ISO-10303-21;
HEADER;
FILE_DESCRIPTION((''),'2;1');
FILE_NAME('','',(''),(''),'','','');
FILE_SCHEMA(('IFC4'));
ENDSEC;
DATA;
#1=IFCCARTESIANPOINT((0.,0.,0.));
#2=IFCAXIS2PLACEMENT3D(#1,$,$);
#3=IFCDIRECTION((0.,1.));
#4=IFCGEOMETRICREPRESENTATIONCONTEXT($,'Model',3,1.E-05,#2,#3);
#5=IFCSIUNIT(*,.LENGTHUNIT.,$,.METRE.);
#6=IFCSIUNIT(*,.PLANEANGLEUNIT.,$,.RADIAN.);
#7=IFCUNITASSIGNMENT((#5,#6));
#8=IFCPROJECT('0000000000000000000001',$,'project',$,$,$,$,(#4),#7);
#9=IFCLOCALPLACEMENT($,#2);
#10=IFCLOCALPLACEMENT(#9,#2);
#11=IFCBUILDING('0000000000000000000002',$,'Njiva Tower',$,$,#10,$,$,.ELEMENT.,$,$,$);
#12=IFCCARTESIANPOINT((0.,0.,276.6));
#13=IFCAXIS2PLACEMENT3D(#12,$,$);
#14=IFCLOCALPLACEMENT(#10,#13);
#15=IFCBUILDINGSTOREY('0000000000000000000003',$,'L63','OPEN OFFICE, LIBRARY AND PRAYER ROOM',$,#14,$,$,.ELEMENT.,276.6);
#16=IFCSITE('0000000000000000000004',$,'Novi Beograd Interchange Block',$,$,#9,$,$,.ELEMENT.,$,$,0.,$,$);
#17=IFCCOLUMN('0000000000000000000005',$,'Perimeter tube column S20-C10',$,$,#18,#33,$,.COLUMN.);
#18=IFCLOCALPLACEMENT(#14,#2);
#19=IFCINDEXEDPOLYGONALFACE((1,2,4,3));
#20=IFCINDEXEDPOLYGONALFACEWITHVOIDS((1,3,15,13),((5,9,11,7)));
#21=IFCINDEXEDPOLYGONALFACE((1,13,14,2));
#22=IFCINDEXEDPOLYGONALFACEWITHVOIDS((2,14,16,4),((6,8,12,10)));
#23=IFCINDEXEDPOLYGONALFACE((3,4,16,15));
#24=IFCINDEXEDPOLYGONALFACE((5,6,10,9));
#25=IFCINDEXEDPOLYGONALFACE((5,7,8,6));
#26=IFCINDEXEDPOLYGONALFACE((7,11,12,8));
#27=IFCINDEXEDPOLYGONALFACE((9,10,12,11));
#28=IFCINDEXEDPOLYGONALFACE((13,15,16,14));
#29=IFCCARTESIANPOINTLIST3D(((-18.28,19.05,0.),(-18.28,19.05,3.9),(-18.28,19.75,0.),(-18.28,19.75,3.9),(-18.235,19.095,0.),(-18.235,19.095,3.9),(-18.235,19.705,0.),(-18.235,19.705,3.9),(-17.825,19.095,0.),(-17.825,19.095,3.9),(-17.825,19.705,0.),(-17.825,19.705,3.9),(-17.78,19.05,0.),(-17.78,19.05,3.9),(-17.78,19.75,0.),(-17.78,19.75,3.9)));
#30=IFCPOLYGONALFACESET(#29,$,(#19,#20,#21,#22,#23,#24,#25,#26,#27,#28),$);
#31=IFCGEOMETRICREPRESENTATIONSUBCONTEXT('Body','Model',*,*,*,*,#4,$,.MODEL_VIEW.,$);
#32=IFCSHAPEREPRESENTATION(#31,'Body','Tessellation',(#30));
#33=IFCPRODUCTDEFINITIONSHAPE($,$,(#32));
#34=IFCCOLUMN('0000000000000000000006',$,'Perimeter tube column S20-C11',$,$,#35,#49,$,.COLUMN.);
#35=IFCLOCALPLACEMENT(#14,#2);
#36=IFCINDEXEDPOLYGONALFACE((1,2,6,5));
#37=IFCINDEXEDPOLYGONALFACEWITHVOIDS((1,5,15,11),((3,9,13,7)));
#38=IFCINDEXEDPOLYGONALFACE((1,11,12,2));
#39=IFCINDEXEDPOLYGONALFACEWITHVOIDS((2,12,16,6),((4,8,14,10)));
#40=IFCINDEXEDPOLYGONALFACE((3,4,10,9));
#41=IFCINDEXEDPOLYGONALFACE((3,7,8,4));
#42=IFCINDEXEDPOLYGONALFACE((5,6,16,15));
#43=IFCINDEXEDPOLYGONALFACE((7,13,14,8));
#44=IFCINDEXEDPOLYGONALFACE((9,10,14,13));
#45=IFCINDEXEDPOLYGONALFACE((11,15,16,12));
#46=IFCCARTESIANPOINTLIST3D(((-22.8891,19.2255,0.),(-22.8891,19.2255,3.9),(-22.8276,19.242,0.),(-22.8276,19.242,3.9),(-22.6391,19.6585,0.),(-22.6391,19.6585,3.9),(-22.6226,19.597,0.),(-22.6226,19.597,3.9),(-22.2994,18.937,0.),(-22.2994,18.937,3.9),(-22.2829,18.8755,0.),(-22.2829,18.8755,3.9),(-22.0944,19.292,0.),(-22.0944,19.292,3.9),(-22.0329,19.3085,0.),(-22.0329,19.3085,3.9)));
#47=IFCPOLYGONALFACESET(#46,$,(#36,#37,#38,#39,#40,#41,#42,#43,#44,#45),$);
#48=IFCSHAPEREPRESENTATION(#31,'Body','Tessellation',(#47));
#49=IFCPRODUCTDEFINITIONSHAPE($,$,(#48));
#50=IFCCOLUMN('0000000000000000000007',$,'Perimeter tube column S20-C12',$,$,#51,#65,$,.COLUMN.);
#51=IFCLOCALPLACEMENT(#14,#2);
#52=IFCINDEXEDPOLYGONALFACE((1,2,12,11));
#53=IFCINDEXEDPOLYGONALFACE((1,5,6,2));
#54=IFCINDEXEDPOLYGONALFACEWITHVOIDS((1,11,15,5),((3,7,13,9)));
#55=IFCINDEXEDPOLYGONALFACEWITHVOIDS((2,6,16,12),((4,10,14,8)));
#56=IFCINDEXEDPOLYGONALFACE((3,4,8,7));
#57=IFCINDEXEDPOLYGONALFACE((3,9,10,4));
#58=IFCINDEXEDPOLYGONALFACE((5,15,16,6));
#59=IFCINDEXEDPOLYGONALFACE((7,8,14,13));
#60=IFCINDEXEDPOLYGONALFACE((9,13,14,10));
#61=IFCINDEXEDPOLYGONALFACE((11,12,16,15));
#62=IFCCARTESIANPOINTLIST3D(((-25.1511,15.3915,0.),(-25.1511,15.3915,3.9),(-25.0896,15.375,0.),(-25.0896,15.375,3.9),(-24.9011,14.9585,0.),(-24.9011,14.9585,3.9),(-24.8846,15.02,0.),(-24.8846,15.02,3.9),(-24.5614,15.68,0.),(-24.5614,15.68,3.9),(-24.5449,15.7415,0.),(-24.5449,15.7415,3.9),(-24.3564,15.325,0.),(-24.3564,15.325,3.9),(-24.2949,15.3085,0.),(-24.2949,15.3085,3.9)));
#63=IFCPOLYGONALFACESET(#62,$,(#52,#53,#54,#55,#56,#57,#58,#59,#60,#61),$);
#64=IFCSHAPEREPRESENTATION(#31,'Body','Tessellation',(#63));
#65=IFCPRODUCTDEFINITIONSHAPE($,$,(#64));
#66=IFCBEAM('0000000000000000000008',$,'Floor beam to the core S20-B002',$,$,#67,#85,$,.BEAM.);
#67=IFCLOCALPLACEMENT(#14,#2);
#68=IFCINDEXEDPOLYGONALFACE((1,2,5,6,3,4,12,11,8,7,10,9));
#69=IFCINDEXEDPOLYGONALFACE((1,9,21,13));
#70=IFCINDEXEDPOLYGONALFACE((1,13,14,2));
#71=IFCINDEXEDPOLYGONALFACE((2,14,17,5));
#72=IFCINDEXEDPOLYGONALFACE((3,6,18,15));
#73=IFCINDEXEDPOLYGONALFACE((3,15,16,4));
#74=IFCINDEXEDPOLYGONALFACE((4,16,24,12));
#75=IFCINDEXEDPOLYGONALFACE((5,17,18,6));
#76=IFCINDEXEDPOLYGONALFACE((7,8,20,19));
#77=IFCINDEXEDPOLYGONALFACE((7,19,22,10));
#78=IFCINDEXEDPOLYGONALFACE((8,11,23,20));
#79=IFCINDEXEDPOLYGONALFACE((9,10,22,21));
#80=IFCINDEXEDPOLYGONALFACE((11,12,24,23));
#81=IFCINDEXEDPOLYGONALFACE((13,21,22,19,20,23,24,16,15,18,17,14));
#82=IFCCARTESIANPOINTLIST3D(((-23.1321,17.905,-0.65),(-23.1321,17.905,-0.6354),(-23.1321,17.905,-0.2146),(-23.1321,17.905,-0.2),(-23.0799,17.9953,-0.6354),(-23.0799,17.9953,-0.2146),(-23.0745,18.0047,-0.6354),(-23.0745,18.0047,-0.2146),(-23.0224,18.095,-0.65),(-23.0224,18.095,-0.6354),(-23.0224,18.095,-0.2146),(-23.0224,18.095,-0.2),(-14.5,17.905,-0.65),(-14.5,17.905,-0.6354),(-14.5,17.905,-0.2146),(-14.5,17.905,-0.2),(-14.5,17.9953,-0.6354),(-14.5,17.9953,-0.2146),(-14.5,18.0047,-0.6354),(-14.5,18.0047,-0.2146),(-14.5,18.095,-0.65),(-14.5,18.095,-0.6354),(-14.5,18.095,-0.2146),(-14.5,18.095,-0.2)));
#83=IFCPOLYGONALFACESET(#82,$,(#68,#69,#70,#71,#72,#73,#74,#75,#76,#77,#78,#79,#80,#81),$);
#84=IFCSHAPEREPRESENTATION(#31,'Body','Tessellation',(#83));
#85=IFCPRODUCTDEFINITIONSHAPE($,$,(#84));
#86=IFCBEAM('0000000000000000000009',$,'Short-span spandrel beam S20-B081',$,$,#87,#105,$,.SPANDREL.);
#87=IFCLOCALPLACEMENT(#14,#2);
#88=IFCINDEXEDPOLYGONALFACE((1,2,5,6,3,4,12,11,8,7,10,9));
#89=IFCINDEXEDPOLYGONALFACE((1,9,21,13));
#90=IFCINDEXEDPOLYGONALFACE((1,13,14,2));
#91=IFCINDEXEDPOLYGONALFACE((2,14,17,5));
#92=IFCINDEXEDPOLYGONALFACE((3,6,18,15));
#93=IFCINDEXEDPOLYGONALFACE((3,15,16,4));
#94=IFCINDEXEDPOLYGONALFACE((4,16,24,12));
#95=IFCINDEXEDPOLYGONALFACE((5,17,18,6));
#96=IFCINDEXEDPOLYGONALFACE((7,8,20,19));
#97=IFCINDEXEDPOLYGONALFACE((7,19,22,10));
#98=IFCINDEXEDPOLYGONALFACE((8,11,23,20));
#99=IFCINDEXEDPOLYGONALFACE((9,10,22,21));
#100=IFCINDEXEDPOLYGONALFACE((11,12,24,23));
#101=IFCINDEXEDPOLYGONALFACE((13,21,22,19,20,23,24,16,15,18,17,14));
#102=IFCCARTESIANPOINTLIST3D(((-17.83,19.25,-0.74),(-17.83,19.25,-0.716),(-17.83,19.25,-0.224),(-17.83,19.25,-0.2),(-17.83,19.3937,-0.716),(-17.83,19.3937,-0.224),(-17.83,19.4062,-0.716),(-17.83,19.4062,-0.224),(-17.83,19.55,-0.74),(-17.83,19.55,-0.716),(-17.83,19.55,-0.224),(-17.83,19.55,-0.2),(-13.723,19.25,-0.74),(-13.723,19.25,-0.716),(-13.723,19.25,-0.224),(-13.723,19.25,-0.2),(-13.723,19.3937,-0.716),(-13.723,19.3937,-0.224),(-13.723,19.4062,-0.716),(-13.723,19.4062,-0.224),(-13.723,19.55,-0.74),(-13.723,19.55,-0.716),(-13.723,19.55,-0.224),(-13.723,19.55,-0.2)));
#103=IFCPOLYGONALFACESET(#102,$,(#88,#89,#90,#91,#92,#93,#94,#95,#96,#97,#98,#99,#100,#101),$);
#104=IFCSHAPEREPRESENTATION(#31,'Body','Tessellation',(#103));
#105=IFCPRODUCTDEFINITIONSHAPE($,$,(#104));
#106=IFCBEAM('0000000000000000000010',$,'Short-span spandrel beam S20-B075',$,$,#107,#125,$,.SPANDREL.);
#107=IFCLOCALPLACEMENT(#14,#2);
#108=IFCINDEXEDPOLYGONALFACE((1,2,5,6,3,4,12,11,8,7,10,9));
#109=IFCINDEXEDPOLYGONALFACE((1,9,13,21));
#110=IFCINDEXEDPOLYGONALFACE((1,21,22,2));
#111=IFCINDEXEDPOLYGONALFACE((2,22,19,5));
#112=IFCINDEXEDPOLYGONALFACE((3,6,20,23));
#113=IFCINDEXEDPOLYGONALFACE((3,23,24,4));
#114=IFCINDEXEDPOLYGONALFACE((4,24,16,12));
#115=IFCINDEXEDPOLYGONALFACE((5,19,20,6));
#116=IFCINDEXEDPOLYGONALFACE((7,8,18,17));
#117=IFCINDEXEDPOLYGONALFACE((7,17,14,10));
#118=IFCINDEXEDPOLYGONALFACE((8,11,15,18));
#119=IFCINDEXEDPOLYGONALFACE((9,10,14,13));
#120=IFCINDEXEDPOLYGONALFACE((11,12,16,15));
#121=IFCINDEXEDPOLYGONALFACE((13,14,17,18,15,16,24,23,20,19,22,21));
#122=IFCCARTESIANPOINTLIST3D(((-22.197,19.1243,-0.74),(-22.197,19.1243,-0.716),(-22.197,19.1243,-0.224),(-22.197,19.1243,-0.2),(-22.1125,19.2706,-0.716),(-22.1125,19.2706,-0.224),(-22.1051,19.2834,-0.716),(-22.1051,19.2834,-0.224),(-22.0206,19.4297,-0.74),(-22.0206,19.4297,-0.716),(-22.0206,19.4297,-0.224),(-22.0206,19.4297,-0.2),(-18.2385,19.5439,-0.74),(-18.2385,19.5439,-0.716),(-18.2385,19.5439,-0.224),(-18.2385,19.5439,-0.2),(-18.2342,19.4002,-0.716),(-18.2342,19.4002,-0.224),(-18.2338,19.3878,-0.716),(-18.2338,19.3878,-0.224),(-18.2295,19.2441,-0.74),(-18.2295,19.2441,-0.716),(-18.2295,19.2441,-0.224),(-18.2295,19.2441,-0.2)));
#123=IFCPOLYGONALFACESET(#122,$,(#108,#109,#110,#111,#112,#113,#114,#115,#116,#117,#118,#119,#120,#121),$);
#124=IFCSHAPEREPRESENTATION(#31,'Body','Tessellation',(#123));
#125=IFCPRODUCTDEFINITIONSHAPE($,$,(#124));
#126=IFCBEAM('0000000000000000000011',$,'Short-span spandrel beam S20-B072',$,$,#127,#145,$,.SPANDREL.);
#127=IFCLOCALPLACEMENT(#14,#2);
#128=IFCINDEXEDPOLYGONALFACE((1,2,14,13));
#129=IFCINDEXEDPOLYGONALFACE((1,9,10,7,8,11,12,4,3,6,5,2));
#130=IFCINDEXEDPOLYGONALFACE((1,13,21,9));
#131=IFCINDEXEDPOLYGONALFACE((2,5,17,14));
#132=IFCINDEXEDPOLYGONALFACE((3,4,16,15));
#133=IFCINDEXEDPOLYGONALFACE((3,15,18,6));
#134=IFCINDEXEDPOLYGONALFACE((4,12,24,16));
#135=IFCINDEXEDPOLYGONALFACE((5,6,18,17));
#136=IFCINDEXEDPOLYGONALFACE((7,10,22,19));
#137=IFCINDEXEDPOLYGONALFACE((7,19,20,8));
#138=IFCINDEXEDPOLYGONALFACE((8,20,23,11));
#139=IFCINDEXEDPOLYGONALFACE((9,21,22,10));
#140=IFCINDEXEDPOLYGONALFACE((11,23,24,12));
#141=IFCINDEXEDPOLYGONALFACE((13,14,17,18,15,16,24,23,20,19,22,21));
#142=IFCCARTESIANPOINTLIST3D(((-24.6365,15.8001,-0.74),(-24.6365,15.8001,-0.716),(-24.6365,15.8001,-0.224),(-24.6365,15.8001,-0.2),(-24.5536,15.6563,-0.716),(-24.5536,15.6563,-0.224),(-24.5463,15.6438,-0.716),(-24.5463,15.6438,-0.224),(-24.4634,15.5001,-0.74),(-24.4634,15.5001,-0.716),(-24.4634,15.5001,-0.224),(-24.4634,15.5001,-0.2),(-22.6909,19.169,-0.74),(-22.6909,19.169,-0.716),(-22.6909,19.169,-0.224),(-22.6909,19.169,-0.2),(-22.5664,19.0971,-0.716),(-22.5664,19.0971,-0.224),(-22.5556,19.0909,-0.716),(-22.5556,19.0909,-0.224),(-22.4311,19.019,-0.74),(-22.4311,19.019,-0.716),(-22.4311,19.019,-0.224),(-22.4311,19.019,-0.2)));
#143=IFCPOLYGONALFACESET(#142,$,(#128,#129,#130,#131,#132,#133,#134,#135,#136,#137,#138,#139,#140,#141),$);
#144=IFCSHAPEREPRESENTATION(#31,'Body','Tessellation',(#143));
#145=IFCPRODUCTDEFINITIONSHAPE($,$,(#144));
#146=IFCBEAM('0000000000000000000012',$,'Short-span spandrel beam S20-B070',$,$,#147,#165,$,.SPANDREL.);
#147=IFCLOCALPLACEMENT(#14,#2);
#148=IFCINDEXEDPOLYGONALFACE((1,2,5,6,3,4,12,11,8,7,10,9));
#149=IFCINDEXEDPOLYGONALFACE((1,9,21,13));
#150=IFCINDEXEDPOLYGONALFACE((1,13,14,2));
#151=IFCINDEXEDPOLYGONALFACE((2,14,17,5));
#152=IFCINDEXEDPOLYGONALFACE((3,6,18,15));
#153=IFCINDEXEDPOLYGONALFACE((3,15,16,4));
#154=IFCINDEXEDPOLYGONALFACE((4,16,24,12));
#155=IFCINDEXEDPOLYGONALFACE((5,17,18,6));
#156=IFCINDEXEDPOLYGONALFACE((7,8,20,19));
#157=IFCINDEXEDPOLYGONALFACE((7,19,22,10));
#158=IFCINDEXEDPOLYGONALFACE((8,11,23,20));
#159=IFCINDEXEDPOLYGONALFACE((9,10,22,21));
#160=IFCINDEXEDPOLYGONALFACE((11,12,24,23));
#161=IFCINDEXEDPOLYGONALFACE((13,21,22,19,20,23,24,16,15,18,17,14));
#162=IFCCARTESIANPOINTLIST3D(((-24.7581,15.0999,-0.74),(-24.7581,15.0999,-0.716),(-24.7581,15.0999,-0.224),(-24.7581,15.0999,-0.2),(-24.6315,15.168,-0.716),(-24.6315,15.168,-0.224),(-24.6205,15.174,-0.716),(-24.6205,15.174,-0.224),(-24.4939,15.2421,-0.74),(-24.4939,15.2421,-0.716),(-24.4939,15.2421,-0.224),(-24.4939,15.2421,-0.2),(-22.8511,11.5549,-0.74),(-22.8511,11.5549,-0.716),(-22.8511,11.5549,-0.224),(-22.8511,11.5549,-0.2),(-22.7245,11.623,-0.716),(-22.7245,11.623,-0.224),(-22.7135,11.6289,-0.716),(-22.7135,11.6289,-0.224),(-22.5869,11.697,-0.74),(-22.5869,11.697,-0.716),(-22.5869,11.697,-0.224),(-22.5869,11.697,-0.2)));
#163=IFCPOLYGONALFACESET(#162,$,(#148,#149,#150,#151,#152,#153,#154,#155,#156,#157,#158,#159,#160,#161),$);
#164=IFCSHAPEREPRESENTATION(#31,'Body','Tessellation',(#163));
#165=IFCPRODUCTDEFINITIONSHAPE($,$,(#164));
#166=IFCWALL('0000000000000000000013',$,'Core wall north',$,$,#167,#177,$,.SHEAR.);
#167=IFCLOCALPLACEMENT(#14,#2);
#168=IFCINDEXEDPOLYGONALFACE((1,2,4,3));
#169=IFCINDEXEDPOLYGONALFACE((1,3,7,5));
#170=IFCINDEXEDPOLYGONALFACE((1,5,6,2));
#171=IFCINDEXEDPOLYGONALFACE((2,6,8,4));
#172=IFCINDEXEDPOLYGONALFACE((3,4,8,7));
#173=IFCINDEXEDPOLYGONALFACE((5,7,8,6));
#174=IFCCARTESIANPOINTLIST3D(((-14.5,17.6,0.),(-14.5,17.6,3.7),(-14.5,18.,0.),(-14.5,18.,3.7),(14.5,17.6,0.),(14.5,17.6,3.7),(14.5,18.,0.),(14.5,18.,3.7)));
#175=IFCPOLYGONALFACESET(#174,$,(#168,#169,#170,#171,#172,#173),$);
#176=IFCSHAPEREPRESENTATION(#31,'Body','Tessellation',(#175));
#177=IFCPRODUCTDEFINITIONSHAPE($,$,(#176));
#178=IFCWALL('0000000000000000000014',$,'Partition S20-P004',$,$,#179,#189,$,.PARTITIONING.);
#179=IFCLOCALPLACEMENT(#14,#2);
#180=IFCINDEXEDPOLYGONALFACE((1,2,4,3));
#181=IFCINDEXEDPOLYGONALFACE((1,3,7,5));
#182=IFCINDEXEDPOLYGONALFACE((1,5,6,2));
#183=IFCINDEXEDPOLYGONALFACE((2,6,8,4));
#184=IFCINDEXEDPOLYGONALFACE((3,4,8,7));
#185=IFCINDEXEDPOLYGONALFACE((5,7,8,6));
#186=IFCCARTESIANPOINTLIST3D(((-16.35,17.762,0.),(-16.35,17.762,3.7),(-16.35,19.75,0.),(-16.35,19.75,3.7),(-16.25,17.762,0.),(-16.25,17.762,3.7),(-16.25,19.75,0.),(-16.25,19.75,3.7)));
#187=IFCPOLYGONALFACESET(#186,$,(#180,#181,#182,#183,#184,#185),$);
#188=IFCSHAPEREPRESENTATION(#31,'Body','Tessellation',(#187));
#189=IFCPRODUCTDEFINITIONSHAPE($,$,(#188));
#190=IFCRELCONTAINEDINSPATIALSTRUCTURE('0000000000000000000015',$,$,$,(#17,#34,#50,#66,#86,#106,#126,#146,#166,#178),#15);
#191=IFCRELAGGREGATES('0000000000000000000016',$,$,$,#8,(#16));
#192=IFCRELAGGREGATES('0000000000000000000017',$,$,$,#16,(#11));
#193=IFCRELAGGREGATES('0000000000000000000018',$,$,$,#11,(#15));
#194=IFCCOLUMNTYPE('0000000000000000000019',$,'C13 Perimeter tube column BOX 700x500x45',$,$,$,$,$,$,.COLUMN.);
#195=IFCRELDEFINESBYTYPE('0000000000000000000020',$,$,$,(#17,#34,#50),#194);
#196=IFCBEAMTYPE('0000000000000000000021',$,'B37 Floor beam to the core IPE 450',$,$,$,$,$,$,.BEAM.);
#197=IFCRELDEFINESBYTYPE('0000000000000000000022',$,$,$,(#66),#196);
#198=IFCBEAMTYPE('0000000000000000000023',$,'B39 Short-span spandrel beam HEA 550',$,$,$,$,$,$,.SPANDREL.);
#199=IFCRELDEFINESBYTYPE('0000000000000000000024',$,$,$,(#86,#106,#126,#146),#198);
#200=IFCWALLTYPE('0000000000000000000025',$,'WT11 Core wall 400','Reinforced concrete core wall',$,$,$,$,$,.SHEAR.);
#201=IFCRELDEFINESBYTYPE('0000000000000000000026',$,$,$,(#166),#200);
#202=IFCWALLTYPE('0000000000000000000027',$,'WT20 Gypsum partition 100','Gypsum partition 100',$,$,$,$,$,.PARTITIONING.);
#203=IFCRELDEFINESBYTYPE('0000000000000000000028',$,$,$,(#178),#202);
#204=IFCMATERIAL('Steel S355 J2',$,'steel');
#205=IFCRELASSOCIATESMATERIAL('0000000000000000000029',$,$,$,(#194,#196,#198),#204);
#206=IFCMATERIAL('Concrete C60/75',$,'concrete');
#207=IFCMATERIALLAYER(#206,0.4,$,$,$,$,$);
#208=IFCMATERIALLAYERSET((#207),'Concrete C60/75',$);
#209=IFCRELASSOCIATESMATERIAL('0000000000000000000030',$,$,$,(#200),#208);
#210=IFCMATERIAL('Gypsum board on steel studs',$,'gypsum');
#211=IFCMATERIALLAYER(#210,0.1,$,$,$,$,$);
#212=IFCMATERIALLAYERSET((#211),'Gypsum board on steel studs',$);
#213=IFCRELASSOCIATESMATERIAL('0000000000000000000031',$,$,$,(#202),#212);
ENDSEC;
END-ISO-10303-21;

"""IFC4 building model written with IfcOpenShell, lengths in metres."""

from ifc_helpers import new_model, si_unit, direction, frame, frame_2d, origin, origin_2d, place, context, subcontext, project, spatial, rectangle, hollow_rectangle, i_section, extrude, clip, halfspace, material, layer, layer_set, material_profile, profile_set, type_object, element, save


model = new_model("IFC4")

# Units and contexts
model_context = context("Model", 3, precision=1e-05, world=origin(), true_north=direction((0.0, 1.0)))
body_context = subcontext(model_context, "Body", "Model", "MODEL_VIEW")
ifc_project = project(units=[si_unit("LENGTHUNIT", "METRE"), si_unit("PLANEANGLEUNIT", "RADIAN")], contexts=[model_context])

# Site, building, storey
site_placement = place(None, origin())
site = spatial("IfcSite", under=ifc_project, at=site_placement, Name="Novi Beograd Interchange Block", CompositionType="ELEMENT", RefElevation=0.0)
building_placement = place(site_placement, origin())
building = spatial("IfcBuilding", under=site, at=building_placement, Name="Njiva Tower", CompositionType="ELEMENT")
storey_placement = place(building_placement, frame((0.0, 0.0, 276.6)))
storey = spatial("IfcBuildingStorey", under=building, at=storey_placement, Name="L63", Description="OPEN OFFICE, LIBRARY AND PRAYER ROOM", CompositionType="ELEMENT", Elevation=276.6)

# Columns
ifc_material_1 = material(Name="Steel S355 J2", Category="steel")
ifc_material_profile_1 = material_profile(ifc_material_1, hollow_rectangle(XDim=0.5, YDim=0.7, WallThickness=0.045, at=origin_2d()), Name="BOX 700x500x45")
ifc_profile_set_1 = profile_set([ifc_material_profile_1], Name="Steel S355 J2")
column_type = type_object("IfcColumnType", Name="C13 Perimeter tube column BOX 700x500x45", PredefinedType="COLUMN", material=ifc_profile_set_1)
for number, where, z_axis, x_axis, name in (
    (1, (-18.03, 19.4, 0.0), (0.0, 0.0, 1.0), (-1.0, 0.0, 0.0), "Perimeter tube column S20-C10"),
    (2, (-22.461, 19.267, 0.0), (0.0, 0.0, 1.0), (-0.5, -0.866025, 0.0), "Perimeter tube column S20-C11"),
    (3, (-24.723, 15.35, 0.0), (0.0, 0.0, 1.0), (0.5, -0.866025, 0.0), "Perimeter tube column S20-C12"),
):
    element("IfcColumn", number, at=place(storey_placement, frame(where, z_axis=z_axis, x_axis=x_axis)), inside=storey, type_object=column_type, Name=name, PredefinedType="COLUMN", context=body_context, shape_type="SweptSolid", body=[
        extrude(hollow_rectangle(XDim=0.5, YDim=0.7, WallThickness=0.045, at=origin_2d()), origin(), (0.0, 0.0, 1.0), 3.9),
    ])

# Beams
ifc_material_profile_2 = material_profile(ifc_material_1, i_section(OverallWidth=0.19, OverallDepth=0.45, WebThickness=0.0094, FlangeThickness=0.0146, at=origin_2d()), Name="IPE 450")
ifc_profile_set_2 = profile_set([ifc_material_profile_2], Name="Steel S355 J2")
beam_type_1 = type_object("IfcBeamType", Name="B37 Floor beam to the core IPE 450", PredefinedType="BEAM", material=ifc_profile_set_2)
beam_1_placement = place(storey_placement, frame((-23.152, 18.0, -0.425), z_axis=(1.0, 0.0, 0.0), x_axis=(0.0, 1.0, 0.0)))
element("IfcBeam", 4, at=beam_1_placement, inside=storey, type_object=beam_type_1, Name="Floor beam to the core S20-B002", PredefinedType="BEAM", context=body_context, shape_type="Clipping", body=[
    clip(extrude(i_section(OverallWidth=0.19, OverallDepth=0.45, WebThickness=0.0094, FlangeThickness=0.0146, at=origin_2d()), origin(), (0.0, 0.0, 1.0), 8.652), halfspace(frame((0.025, 0.0, 0.0892), z_axis=(0.499998, 0.0, -0.866027), x_axis=(0.0, -1.0, 0.0)), False)),
])
ifc_material_profile_3 = material_profile(ifc_material_1, i_section(OverallWidth=0.3, OverallDepth=0.54, WebThickness=0.0125, FlangeThickness=0.024, at=origin_2d()), Name="HEA 550")
ifc_profile_set_3 = profile_set([ifc_material_profile_3], Name="Steel S355 J2")
beam_type_2 = type_object("IfcBeamType", Name="B39 Short-span spandrel beam HEA 550", PredefinedType="SPANDREL", material=ifc_profile_set_3)
beam_2_placement = place(storey_placement, frame((-13.723, 19.4, -0.47), z_axis=(-1.0, 0.0, 0.0), x_axis=(0.0, -1.0, 0.0)))
element("IfcBeam", 5, at=beam_2_placement, inside=storey, type_object=beam_type_2, Name="Short-span spandrel beam S20-B081", PredefinedType="SPANDREL", context=body_context, shape_type="SweptSolid", body=[
    extrude(i_section(OverallWidth=0.3, OverallDepth=0.54, WebThickness=0.0125, FlangeThickness=0.024, at=origin_2d()), origin(), (0.0, 0.0, 1.0), 4.107),
])
beam_3_placement = place(storey_placement, frame((-18.234, 19.394, -0.47), z_axis=(-0.999544, -0.03018, 0.0), x_axis=(0.03018, -0.999544, 0.0)))
element("IfcBeam", 6, at=beam_3_placement, inside=storey, type_object=beam_type_2, Name="Short-span spandrel beam S20-B075", PredefinedType="SPANDREL", context=body_context, shape_type="Clipping", body=[
    clip(extrude(i_section(OverallWidth=0.3, OverallDepth=0.54, WebThickness=0.0125, FlangeThickness=0.024, at=origin_2d()), origin(), (0.0, 0.0, 1.0), 3.9898), halfspace(frame((-0.0268, 0.0, 3.86), z_axis=(-0.525907, 0.0, 0.850542), x_axis=(0.0, 1.0, 0.0)), False)),
])
beam_4_placement = place(storey_placement, frame((-22.561, 19.094, -0.47), z_axis=(-0.500114, -0.865959, 0.0), x_axis=(0.865959, -0.500114, 0.0)))
element("IfcBeam", 7, at=beam_4_placement, inside=storey, type_object=beam_type_2, Name="Short-span spandrel beam S20-B072", PredefinedType="SPANDREL", context=body_context, shape_type="Clipping", body=[
    clip(extrude(i_section(OverallWidth=0.3, OverallDepth=0.54, WebThickness=0.0125, FlangeThickness=0.024, at=origin_2d()), origin(), (0.0, 0.0, 1.0), 4.0841), halfspace(frame((-0.0246, 0.0, 3.9628), z_axis=(-0.499888, 0.0, 0.86609), x_axis=(0.0, 1.0, 0.0)), False)),
])
beam_5_placement = place(storey_placement, frame((-24.626, 15.171, -0.47), z_axis=(0.473744, -0.880662, 0.0), x_axis=(0.880662, 0.473744, 0.0)))
element("IfcBeam", 8, at=beam_5_placement, inside=storey, type_object=beam_type_2, Name="Short-span spandrel beam S20-B070", PredefinedType="SPANDREL", context=body_context, shape_type="SweptSolid", body=[
    extrude(i_section(OverallWidth=0.3, OverallDepth=0.54, WebThickness=0.0125, FlangeThickness=0.024, at=origin_2d()), origin(), (0.0, 0.0, 1.0), 4.0254),
])

# Walls
ifc_material_2 = material(Name="Concrete C60/75", Category="concrete")
ifc_layer_1 = layer(ifc_material_2, 0.4)
ifc_layer_set_1 = layer_set([ifc_layer_1], Name="Concrete C60/75")
wall_type_1 = type_object("IfcWallType", Name="WT11 Core wall 400", Description="Reinforced concrete core wall", PredefinedType="SHEAR", material=ifc_layer_set_1)
wall_1_placement = place(storey_placement, frame((-14.5, 17.8, 0.0), z_axis=(0.0, 0.0, 1.0), x_axis=(1.0, 0.0, 0.0)))
element("IfcWall", 9, at=wall_1_placement, inside=storey, type_object=wall_type_1, Name="Core wall north", PredefinedType="SHEAR", context=body_context, shape_type="SweptSolid", body=[
    extrude(rectangle(XDim=29.0, YDim=0.4, at=frame_2d((14.5, 0.0))), origin(), (0.0, 0.0, 1.0), 3.7),
])
ifc_material_3 = material(Name="Gypsum board on steel studs", Category="gypsum")
ifc_layer_2 = layer(ifc_material_3, 0.1)
ifc_layer_set_2 = layer_set([ifc_layer_2], Name="Gypsum board on steel studs")
wall_type_2 = type_object("IfcWallType", Name="WT20 Gypsum partition 100", Description="Gypsum partition 100", PredefinedType="PARTITIONING", material=ifc_layer_set_2)
wall_2_placement = place(storey_placement, frame((-16.3, 17.762, 0.0), z_axis=(0.0, 0.0, 1.0), x_axis=(0.0, 1.0, 0.0)))
element("IfcWall", 10, at=wall_2_placement, inside=storey, type_object=wall_type_2, Name="Partition S20-P004", PredefinedType="PARTITIONING", context=body_context, shape_type="SweptSolid", body=[
    extrude(rectangle(XDim=1.988, YDim=0.1, at=frame_2d((0.994, 0.0))), origin(), (0.0, 0.0, 1.0), 3.7),
])

save(model, "model.ifc")
